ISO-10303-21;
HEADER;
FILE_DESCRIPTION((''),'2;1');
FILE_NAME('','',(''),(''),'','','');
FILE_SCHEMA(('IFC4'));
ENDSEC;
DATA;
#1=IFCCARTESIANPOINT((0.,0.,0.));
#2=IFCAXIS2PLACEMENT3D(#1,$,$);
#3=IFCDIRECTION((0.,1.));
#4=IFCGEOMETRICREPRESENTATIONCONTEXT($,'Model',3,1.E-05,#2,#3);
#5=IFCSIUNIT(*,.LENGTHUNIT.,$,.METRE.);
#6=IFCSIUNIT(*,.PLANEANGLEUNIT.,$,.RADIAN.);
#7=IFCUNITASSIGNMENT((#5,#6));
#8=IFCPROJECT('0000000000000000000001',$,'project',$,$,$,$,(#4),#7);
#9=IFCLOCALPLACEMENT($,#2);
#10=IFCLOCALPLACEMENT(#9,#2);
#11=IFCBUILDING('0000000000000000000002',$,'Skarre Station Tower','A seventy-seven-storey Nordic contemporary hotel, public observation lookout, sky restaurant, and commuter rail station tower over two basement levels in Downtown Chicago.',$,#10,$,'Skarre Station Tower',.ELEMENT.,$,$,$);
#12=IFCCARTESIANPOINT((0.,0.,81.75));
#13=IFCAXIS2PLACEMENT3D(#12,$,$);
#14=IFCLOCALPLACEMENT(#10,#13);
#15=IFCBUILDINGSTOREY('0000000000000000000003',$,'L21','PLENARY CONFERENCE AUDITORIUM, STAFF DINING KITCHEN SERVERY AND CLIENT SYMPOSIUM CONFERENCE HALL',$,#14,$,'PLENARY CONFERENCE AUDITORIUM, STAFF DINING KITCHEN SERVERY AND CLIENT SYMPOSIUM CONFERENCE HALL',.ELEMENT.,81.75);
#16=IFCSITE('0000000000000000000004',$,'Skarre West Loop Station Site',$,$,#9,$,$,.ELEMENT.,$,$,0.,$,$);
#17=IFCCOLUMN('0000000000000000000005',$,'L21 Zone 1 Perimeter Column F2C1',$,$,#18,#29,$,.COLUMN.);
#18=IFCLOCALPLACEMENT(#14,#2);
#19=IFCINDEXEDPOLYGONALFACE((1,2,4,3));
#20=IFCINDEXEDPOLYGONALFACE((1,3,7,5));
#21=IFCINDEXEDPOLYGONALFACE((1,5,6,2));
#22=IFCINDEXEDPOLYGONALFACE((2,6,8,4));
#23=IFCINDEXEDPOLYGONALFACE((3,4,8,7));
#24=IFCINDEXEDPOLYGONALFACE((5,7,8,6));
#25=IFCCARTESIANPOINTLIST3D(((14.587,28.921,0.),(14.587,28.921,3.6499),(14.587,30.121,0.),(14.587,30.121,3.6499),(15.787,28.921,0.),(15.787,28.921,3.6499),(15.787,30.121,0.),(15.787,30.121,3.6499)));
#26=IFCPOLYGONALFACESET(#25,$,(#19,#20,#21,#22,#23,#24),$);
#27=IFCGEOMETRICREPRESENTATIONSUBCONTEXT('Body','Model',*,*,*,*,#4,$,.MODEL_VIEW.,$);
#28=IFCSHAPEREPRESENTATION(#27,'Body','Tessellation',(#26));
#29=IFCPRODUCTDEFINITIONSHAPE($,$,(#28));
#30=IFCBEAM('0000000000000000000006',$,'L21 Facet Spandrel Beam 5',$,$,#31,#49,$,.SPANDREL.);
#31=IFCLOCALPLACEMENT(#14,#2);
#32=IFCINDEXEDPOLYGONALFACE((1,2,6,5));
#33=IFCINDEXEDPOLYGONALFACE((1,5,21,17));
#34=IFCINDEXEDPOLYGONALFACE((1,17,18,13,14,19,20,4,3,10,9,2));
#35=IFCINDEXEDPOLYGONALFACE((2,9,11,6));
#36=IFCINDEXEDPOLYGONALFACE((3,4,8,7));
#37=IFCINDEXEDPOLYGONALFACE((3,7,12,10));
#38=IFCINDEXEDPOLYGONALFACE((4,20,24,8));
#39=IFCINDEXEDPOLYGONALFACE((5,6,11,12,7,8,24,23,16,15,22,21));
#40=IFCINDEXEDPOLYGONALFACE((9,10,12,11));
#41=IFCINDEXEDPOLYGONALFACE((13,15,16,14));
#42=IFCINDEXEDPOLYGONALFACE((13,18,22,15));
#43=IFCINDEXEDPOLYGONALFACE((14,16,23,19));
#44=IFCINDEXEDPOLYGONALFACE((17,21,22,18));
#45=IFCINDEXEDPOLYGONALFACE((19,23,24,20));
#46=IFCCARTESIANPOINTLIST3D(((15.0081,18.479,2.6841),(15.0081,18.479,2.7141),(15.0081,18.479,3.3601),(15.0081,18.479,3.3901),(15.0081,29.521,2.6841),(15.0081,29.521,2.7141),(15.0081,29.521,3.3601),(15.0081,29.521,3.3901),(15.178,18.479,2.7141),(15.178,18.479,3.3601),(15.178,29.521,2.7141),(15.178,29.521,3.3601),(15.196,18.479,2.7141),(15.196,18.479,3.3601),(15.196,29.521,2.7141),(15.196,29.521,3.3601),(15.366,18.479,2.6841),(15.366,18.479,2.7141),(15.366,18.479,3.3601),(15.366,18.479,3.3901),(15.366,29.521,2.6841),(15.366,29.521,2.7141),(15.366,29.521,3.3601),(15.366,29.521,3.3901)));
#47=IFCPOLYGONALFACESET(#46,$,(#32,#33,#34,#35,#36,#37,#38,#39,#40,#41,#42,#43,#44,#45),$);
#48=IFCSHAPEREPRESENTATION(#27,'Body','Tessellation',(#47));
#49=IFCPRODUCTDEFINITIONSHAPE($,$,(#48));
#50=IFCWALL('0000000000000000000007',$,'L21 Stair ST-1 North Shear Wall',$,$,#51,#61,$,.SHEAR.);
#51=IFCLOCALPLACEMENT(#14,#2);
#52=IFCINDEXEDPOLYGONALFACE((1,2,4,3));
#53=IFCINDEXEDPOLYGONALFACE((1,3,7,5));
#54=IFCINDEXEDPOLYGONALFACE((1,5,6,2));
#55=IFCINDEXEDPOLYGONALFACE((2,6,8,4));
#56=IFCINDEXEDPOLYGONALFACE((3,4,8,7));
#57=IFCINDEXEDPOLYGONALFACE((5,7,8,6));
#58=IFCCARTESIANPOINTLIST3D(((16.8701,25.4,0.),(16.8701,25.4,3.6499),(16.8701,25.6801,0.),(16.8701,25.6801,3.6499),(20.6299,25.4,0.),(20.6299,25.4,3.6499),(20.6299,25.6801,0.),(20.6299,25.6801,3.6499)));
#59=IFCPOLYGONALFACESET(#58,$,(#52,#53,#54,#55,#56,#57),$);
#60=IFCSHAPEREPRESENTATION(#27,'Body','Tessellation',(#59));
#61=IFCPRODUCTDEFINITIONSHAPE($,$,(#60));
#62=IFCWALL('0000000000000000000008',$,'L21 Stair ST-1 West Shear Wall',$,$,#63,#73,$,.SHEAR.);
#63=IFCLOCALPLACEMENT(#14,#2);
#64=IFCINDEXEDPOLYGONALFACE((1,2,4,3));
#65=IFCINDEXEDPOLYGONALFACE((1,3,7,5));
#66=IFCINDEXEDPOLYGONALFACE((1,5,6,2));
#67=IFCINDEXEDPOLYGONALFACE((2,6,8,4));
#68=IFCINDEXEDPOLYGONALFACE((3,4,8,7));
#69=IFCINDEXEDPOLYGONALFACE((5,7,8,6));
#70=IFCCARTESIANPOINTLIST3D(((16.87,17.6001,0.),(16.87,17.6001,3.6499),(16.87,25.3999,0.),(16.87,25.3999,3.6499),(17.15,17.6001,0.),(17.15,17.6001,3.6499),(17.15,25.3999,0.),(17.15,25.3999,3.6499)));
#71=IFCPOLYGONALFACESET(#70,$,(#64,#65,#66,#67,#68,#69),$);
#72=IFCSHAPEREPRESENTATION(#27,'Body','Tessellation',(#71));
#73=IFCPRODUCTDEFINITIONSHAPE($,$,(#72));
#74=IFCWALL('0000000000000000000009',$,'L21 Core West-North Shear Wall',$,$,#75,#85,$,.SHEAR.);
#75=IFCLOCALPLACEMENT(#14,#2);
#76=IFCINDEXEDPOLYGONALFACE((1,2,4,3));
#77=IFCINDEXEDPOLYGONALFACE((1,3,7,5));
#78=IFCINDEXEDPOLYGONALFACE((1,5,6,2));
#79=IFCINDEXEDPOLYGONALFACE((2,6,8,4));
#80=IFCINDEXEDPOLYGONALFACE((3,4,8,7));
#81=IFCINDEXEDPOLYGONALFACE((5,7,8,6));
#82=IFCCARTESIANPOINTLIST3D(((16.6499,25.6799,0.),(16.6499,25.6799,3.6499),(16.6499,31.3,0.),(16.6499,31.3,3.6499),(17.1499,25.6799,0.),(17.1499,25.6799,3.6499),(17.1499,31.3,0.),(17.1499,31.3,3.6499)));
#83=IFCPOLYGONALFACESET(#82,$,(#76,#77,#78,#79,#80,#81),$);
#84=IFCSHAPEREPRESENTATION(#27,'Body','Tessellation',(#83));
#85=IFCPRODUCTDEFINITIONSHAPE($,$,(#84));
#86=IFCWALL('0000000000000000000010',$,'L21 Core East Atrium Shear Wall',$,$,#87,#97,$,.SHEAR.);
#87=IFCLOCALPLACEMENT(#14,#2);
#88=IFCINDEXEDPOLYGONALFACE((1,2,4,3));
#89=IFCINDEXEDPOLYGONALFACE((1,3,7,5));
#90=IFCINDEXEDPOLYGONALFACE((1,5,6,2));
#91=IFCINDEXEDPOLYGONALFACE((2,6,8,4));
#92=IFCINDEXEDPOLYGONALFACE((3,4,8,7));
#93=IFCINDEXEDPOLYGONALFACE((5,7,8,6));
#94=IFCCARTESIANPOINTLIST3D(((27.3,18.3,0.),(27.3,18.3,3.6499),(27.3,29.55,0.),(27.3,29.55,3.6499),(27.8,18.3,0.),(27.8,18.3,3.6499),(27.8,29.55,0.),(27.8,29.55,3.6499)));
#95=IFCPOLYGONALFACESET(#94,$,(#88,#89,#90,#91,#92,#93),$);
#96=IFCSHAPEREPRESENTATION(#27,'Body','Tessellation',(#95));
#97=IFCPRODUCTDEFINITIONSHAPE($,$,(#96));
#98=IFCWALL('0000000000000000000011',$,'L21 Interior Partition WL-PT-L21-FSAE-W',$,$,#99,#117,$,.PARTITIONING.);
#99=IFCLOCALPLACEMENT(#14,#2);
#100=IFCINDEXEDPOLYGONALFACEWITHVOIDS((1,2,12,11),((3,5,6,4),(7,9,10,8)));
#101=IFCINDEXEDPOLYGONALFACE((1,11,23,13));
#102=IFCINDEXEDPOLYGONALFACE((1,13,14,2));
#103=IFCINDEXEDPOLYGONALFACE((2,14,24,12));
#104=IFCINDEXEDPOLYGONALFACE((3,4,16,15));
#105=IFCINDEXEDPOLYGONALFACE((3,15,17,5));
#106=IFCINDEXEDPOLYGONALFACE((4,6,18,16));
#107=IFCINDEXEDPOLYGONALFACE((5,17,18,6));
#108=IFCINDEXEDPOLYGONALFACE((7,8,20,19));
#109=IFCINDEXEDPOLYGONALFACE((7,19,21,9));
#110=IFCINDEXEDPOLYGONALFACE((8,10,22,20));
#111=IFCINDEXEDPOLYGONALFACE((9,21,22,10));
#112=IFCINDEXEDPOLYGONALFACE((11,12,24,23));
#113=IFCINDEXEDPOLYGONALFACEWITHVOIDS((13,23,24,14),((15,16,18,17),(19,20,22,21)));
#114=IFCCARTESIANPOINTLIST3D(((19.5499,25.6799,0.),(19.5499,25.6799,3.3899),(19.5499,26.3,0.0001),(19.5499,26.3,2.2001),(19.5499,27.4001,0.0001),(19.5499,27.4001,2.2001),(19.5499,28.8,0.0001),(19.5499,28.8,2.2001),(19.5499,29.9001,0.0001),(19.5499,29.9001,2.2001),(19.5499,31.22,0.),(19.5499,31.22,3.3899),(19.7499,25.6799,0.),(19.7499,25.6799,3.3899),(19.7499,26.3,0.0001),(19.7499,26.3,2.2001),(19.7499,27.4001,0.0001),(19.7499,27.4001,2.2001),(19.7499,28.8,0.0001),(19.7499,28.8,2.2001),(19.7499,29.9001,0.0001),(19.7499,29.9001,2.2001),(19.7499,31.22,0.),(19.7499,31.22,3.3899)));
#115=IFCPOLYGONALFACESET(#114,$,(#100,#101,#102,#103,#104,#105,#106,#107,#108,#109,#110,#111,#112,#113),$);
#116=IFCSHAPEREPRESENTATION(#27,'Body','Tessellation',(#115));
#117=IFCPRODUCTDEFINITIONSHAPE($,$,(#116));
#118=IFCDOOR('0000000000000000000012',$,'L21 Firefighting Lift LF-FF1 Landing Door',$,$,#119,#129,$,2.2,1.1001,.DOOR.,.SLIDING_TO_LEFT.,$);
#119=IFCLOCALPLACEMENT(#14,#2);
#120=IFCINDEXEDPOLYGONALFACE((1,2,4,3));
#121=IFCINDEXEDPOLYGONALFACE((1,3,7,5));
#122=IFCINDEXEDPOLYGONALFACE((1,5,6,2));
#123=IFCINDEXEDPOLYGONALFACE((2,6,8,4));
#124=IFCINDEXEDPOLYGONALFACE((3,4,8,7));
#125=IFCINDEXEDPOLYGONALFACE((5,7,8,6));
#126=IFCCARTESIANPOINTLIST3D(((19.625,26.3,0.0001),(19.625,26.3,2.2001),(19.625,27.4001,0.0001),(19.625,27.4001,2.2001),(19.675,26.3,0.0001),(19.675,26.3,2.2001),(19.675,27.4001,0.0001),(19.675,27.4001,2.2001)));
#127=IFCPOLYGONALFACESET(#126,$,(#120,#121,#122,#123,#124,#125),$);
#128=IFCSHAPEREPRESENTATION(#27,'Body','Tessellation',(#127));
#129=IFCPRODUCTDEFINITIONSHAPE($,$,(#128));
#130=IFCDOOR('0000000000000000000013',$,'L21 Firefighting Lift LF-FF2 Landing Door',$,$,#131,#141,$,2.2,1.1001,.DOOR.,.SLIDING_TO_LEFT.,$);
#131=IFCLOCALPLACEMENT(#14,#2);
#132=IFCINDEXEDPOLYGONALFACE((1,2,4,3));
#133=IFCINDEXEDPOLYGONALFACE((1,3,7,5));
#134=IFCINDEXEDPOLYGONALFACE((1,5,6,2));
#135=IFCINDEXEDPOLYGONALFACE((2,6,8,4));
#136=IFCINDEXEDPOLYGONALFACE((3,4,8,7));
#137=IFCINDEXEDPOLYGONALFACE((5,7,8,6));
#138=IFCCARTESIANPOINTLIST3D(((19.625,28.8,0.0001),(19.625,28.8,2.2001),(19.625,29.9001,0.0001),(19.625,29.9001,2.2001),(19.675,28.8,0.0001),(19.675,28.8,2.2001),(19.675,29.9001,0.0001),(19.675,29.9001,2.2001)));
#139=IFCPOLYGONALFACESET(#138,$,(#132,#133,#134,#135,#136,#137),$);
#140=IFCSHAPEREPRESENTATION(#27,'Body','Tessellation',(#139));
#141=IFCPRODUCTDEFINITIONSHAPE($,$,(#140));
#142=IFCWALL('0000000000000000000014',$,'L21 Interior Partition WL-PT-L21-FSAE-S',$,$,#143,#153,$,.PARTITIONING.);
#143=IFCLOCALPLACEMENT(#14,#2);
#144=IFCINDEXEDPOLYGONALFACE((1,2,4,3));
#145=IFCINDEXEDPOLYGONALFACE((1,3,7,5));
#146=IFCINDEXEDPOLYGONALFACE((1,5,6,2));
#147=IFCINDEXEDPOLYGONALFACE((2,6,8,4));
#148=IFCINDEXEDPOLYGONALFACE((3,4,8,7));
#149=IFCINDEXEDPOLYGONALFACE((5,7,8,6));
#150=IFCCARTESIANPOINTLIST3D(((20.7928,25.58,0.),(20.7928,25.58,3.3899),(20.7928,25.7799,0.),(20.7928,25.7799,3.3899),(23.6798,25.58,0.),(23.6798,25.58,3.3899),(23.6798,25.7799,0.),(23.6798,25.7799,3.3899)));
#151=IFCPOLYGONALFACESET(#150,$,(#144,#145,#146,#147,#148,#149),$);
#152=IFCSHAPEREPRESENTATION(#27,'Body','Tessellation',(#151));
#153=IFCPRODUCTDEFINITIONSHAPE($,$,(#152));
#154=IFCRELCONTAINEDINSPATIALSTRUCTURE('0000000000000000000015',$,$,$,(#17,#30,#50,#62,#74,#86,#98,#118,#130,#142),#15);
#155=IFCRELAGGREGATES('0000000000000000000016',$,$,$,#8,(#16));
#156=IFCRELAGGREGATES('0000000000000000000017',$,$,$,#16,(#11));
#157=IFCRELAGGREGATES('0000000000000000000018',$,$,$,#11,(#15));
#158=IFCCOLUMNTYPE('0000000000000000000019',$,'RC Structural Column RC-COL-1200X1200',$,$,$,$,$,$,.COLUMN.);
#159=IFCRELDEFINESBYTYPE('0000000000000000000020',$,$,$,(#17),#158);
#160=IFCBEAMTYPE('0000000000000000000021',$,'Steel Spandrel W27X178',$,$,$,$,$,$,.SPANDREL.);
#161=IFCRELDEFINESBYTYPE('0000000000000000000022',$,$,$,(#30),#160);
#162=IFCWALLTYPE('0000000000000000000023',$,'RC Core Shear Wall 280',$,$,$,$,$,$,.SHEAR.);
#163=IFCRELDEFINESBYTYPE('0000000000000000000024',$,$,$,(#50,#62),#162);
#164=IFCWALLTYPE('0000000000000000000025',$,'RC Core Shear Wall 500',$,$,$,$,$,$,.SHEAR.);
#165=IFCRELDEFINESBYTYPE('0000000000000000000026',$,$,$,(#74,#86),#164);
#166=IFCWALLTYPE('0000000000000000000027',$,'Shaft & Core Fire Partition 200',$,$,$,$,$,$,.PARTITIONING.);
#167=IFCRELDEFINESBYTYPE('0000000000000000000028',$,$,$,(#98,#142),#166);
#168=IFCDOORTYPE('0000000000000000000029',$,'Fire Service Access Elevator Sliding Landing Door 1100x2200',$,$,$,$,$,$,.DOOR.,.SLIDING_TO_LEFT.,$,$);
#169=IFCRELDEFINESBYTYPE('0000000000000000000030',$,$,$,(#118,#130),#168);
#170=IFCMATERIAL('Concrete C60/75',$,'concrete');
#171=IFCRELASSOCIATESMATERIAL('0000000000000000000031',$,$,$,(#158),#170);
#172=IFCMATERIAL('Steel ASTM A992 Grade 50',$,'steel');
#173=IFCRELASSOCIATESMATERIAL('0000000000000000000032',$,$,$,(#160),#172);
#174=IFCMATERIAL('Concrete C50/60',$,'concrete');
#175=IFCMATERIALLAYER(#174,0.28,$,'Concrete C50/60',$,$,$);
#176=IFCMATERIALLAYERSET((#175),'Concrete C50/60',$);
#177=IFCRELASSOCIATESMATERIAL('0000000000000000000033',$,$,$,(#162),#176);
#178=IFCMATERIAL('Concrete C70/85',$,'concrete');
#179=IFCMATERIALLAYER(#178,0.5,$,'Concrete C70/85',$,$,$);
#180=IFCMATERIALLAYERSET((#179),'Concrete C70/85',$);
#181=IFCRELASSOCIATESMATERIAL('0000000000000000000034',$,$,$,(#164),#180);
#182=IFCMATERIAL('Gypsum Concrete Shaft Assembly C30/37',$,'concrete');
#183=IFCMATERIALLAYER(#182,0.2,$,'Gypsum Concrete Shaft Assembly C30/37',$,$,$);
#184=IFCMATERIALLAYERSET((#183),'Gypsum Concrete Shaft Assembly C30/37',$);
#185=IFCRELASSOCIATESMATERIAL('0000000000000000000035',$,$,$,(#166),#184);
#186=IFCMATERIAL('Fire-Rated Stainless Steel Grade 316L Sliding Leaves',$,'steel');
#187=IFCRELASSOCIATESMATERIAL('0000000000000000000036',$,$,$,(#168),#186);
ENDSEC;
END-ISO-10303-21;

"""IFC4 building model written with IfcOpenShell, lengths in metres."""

from ifc_helpers import new_model, si_unit, direction, frame, frame_2d, origin, origin_2d, place, context, subcontext, project, spatial, rectangle, i_section, extrude, material, layer, layer_set, material_profile, profile_set, type_object, element, fill, save


model = new_model("IFC4")

# Units and contexts
model_context = context("Model", 3, precision=1e-05, world=origin(), true_north=direction((0.0, 1.0)))
body_context = subcontext(model_context, "Body", "Model", "MODEL_VIEW")
ifc_project = project(units=[si_unit("LENGTHUNIT", "METRE"), si_unit("PLANEANGLEUNIT", "RADIAN")], contexts=[model_context])

# Site, building, storey
site_placement = place(None, origin())
site = spatial("IfcSite", under=ifc_project, at=site_placement, Name="Skarre West Loop Station Site", CompositionType="ELEMENT", RefElevation=0.0)
building_placement = place(site_placement, origin())
building = spatial("IfcBuilding", under=site, at=building_placement, Name="Skarre Station Tower", Description="A seventy-seven-storey Nordic contemporary hotel, public observation lookout, sky restaurant, and commuter rail station tower over two basement levels in Downtown Chicago.", LongName="Skarre Station Tower", CompositionType="ELEMENT")
storey_placement = place(building_placement, frame((0.0, 0.0, 81.75)))
storey = spatial("IfcBuildingStorey", under=building, at=storey_placement, Name="L21", Description="PLENARY CONFERENCE AUDITORIUM, STAFF DINING KITCHEN SERVERY AND CLIENT SYMPOSIUM CONFERENCE HALL", LongName="PLENARY CONFERENCE AUDITORIUM, STAFF DINING KITCHEN SERVERY AND CLIENT SYMPOSIUM CONFERENCE HALL", CompositionType="ELEMENT", Elevation=81.75)

# Column
ifc_material_1 = material(Name="Concrete C60/75", Category="concrete")
ifc_material_profile_1 = material_profile(ifc_material_1, rectangle(XDim=1.2, YDim=1.2, at=origin_2d()), Name="Concrete C60/75")
ifc_profile_set_1 = profile_set([ifc_material_profile_1], Name="Concrete C60/75")
column_type = type_object("IfcColumnType", Name="RC Structural Column RC-COL-1200X1200", PredefinedType="COLUMN", material=ifc_profile_set_1)
column_placement = place(storey_placement, frame((15.187, 29.521, 0.0), z_axis=(0.0, 0.0, 1.0), x_axis=(1.0, 0.0, 0.0)))
element("IfcColumn", 1, at=column_placement, inside=storey, type_object=column_type, Name="L21 Zone 1 Perimeter Column F2C1", PredefinedType="COLUMN", context=body_context, shape_type="SweptSolid", body=[
    extrude(rectangle(XDim=1.2, YDim=1.2, at=origin_2d()), origin(), (0.0, 0.0, 1.0), 3.6499),
])

# Beam
ifc_material_2 = material(Name="Steel ASTM A992 Grade 50", Category="steel")
ifc_material_profile_2 = material_profile(ifc_material_2, i_section(OverallWidth=0.3579, OverallDepth=0.7061, WebThickness=0.0181, FlangeThickness=0.03, at=origin_2d()), Name="Steel ASTM A992 Grade 50")
ifc_profile_set_2 = profile_set([ifc_material_profile_2], Name="Steel ASTM A992 Grade 50")
beam_type = type_object("IfcBeamType", Name="Steel Spandrel W27X178", PredefinedType="SPANDREL", material=ifc_profile_set_2)
beam_placement = place(storey_placement, frame((15.187, 29.521, 3.0371), z_axis=(0.0, -1.0, 0.0), x_axis=(1.0, 0.0, 0.0)))
element("IfcBeam", 2, at=beam_placement, inside=storey, type_object=beam_type, Name="L21 Facet Spandrel Beam 5", PredefinedType="SPANDREL", context=body_context, shape_type="SweptSolid", body=[
    extrude(i_section(OverallWidth=0.3579, OverallDepth=0.7061, WebThickness=0.0181, FlangeThickness=0.03, at=origin_2d()), origin(), (0.0, 0.0, 1.0), 11.042),
])

# Walls
ifc_material_3 = material(Name="Concrete C50/60", Category="concrete")
ifc_layer_1 = layer(ifc_material_3, 0.28, Name="Concrete C50/60")
ifc_layer_set_1 = layer_set([ifc_layer_1], Name="Concrete C50/60")
wall_type_1 = type_object("IfcWallType", Name="RC Core Shear Wall 280", PredefinedType="SHEAR", material=ifc_layer_set_1)
wall_1_placement = place(storey_placement, frame((20.6299, 25.54, 0.0), z_axis=(0.0, 0.0, 1.0), x_axis=(-1.0, 0.0, 0.0)))
element("IfcWall", 3, at=wall_1_placement, inside=storey, type_object=wall_type_1, Name="L21 Stair ST-1 North Shear Wall", PredefinedType="SHEAR", context=body_context, shape_type="SweptSolid", body=[
    extrude(rectangle(XDim=3.7598, YDim=0.28, at=frame_2d((1.8799, 0.0))), origin(), (0.0, 0.0, 1.0), 3.6499),
])
wall_2_placement = place(storey_placement, frame((17.01, 25.3999, 0.0), z_axis=(0.0, 0.0, 1.0), x_axis=(0.0, -1.0, 0.0)))
element("IfcWall", 4, at=wall_2_placement, inside=storey, type_object=wall_type_1, Name="L21 Stair ST-1 West Shear Wall", PredefinedType="SHEAR", context=body_context, shape_type="SweptSolid", body=[
    extrude(rectangle(XDim=7.7998, YDim=0.28, at=frame_2d((3.8999, 0.0))), origin(), (0.0, 0.0, 1.0), 3.6499),
])
ifc_material_4 = material(Name="Concrete C70/85", Category="concrete")
ifc_layer_2 = layer(ifc_material_4, 0.5, Name="Concrete C70/85")
ifc_layer_set_2 = layer_set([ifc_layer_2], Name="Concrete C70/85")
wall_type_2 = type_object("IfcWallType", Name="RC Core Shear Wall 500", PredefinedType="SHEAR", material=ifc_layer_set_2)
wall_3_placement = place(storey_placement, frame((16.8999, 25.6799, 0.0), z_axis=(0.0, 0.0, 1.0), x_axis=(0.0, 1.0, 0.0)))
element("IfcWall", 5, at=wall_3_placement, inside=storey, type_object=wall_type_2, Name="L21 Core West-North Shear Wall", PredefinedType="SHEAR", context=body_context, shape_type="SweptSolid", body=[
    extrude(rectangle(XDim=5.6201, YDim=0.5, at=frame_2d((2.8101, 0.0))), origin(), (0.0, 0.0, 1.0), 3.6499),
])
wall_4_placement = place(storey_placement, frame((27.55, 29.55, 0.0), z_axis=(0.0, 0.0, 1.0), x_axis=(0.0, -1.0, 0.0)))
element("IfcWall", 6, at=wall_4_placement, inside=storey, type_object=wall_type_2, Name="L21 Core East Atrium Shear Wall", PredefinedType="SHEAR", context=body_context, shape_type="SweptSolid", body=[
    extrude(rectangle(XDim=11.25, YDim=0.5, at=frame_2d((5.625, 0.0))), origin(), (0.0, 0.0, 1.0), 3.6499),
])

# Wall, openings, doors
ifc_material_5 = material(Name="Gypsum Concrete Shaft Assembly C30/37", Category="concrete")
ifc_layer_3 = layer(ifc_material_5, 0.2, Name="Gypsum Concrete Shaft Assembly C30/37")
ifc_layer_set_3 = layer_set([ifc_layer_3], Name="Gypsum Concrete Shaft Assembly C30/37")
wall_type_3 = type_object("IfcWallType", Name="Shaft & Core Fire Partition 200", PredefinedType="PARTITIONING", material=ifc_layer_set_3)
wall_5_placement = place(storey_placement, frame((19.6499, 25.6799, 0.0), z_axis=(0.0, 0.0, 1.0), x_axis=(0.0, 1.0, 0.0)))
wall_5 = element("IfcWall", 7, at=wall_5_placement, inside=storey, type_object=wall_type_3, Name="L21 Interior Partition WL-PT-L21-FSAE-W", PredefinedType="PARTITIONING", context=body_context, shape_type="SweptSolid", body=[
    extrude(rectangle(XDim=5.54, YDim=0.2, at=frame_2d((2.77, 0.0))), origin(), (0.0, 0.0, 1.0), 3.3899),
])
opening_1_placement = place(wall_5_placement, frame((0.6201, 0.0, 0.0)))
opening_1 = element("IfcOpeningElement", 8, at=opening_1_placement, cuts=wall_5, PredefinedType="OPENING", context=body_context, shape_type="SweptSolid", body=[
    extrude(rectangle(XDim=1.1001, YDim=2.2, at=frame_2d((0.55, 1.1001))), frame((0.0, 0.1099, 0.0), z_axis=(0.0, -1.0, 0.0), x_axis=(1.0, 0.0, 0.0)), (0.0, 0.0, 1.0), 0.22),
])
opening_2_placement = place(wall_5_placement, frame((3.1201, 0.0, 0.0)))
opening_2 = element("IfcOpeningElement", 9, at=opening_2_placement, cuts=wall_5, PredefinedType="OPENING", context=body_context, shape_type="SweptSolid", body=[
    extrude(rectangle(XDim=1.1001, YDim=2.2, at=frame_2d((0.55, 1.1001))), frame((0.0, 0.1099, 0.0), z_axis=(0.0, -1.0, 0.0), x_axis=(1.0, 0.0, 0.0)), (0.0, 0.0, 1.0), 0.22),
])
ifc_material_6 = material(Name="Fire-Rated Stainless Steel Grade 316L Sliding Leaves", Category="steel")
door_type_1 = type_object("IfcDoorType", Name="Fire Service Access Elevator Sliding Landing Door 1100x2200", OperationType="SLIDING_TO_LEFT", PredefinedType="DOOR", material=ifc_material_6)
door_1_placement = place(opening_1_placement, origin())
door_1 = element("IfcDoor", 10, at=door_1_placement, inside=storey, type_object=door_type_1, Name="L21 Firefighting Lift LF-FF1 Landing Door", OperationType="SLIDING_TO_LEFT", OverallHeight=2.2, OverallWidth=1.1001, PredefinedType="DOOR", context=body_context, shape_type="SweptSolid", body=[
    extrude(rectangle(XDim=1.1001, YDim=2.2, at=frame_2d((0.55, 1.1001))), frame((0.0, 0.0249, 0.0), z_axis=(0.0, -1.0, 0.0), x_axis=(1.0, 0.0, 0.0)), (0.0, 0.0, 1.0), 0.05),
])
fill(opening_1, door_1)
door_2_placement = place(opening_2_placement, origin())
door_2 = element("IfcDoor", 11, at=door_2_placement, inside=storey, type_object=door_type_1, Name="L21 Firefighting Lift LF-FF2 Landing Door", OperationType="SLIDING_TO_LEFT", OverallHeight=2.2, OverallWidth=1.1001, PredefinedType="DOOR", context=body_context, shape_type="SweptSolid", body=[
    extrude(rectangle(XDim=1.1001, YDim=2.2, at=frame_2d((0.55, 1.1001))), frame((0.0, 0.0249, 0.0), z_axis=(0.0, -1.0, 0.0), x_axis=(1.0, 0.0, 0.0)), (0.0, 0.0, 1.0), 0.05),
])
fill(opening_2, door_2)

# Wall
wall_6_placement = place(storey_placement, frame((20.793, 25.6799, 0.0), z_axis=(0.0, 0.0, 1.0), x_axis=(1.0, 0.0, 0.0)))
element("IfcWall", 12, at=wall_6_placement, inside=storey, type_object=wall_type_3, Name="L21 Interior Partition WL-PT-L21-FSAE-S", PredefinedType="PARTITIONING", context=body_context, shape_type="SweptSolid", body=[
    extrude(rectangle(XDim=2.887, YDim=0.2, at=frame_2d((1.4434, 0.0))), origin(), (0.0, 0.0, 1.0), 3.3899),
])

save(model, "model.ifc")
